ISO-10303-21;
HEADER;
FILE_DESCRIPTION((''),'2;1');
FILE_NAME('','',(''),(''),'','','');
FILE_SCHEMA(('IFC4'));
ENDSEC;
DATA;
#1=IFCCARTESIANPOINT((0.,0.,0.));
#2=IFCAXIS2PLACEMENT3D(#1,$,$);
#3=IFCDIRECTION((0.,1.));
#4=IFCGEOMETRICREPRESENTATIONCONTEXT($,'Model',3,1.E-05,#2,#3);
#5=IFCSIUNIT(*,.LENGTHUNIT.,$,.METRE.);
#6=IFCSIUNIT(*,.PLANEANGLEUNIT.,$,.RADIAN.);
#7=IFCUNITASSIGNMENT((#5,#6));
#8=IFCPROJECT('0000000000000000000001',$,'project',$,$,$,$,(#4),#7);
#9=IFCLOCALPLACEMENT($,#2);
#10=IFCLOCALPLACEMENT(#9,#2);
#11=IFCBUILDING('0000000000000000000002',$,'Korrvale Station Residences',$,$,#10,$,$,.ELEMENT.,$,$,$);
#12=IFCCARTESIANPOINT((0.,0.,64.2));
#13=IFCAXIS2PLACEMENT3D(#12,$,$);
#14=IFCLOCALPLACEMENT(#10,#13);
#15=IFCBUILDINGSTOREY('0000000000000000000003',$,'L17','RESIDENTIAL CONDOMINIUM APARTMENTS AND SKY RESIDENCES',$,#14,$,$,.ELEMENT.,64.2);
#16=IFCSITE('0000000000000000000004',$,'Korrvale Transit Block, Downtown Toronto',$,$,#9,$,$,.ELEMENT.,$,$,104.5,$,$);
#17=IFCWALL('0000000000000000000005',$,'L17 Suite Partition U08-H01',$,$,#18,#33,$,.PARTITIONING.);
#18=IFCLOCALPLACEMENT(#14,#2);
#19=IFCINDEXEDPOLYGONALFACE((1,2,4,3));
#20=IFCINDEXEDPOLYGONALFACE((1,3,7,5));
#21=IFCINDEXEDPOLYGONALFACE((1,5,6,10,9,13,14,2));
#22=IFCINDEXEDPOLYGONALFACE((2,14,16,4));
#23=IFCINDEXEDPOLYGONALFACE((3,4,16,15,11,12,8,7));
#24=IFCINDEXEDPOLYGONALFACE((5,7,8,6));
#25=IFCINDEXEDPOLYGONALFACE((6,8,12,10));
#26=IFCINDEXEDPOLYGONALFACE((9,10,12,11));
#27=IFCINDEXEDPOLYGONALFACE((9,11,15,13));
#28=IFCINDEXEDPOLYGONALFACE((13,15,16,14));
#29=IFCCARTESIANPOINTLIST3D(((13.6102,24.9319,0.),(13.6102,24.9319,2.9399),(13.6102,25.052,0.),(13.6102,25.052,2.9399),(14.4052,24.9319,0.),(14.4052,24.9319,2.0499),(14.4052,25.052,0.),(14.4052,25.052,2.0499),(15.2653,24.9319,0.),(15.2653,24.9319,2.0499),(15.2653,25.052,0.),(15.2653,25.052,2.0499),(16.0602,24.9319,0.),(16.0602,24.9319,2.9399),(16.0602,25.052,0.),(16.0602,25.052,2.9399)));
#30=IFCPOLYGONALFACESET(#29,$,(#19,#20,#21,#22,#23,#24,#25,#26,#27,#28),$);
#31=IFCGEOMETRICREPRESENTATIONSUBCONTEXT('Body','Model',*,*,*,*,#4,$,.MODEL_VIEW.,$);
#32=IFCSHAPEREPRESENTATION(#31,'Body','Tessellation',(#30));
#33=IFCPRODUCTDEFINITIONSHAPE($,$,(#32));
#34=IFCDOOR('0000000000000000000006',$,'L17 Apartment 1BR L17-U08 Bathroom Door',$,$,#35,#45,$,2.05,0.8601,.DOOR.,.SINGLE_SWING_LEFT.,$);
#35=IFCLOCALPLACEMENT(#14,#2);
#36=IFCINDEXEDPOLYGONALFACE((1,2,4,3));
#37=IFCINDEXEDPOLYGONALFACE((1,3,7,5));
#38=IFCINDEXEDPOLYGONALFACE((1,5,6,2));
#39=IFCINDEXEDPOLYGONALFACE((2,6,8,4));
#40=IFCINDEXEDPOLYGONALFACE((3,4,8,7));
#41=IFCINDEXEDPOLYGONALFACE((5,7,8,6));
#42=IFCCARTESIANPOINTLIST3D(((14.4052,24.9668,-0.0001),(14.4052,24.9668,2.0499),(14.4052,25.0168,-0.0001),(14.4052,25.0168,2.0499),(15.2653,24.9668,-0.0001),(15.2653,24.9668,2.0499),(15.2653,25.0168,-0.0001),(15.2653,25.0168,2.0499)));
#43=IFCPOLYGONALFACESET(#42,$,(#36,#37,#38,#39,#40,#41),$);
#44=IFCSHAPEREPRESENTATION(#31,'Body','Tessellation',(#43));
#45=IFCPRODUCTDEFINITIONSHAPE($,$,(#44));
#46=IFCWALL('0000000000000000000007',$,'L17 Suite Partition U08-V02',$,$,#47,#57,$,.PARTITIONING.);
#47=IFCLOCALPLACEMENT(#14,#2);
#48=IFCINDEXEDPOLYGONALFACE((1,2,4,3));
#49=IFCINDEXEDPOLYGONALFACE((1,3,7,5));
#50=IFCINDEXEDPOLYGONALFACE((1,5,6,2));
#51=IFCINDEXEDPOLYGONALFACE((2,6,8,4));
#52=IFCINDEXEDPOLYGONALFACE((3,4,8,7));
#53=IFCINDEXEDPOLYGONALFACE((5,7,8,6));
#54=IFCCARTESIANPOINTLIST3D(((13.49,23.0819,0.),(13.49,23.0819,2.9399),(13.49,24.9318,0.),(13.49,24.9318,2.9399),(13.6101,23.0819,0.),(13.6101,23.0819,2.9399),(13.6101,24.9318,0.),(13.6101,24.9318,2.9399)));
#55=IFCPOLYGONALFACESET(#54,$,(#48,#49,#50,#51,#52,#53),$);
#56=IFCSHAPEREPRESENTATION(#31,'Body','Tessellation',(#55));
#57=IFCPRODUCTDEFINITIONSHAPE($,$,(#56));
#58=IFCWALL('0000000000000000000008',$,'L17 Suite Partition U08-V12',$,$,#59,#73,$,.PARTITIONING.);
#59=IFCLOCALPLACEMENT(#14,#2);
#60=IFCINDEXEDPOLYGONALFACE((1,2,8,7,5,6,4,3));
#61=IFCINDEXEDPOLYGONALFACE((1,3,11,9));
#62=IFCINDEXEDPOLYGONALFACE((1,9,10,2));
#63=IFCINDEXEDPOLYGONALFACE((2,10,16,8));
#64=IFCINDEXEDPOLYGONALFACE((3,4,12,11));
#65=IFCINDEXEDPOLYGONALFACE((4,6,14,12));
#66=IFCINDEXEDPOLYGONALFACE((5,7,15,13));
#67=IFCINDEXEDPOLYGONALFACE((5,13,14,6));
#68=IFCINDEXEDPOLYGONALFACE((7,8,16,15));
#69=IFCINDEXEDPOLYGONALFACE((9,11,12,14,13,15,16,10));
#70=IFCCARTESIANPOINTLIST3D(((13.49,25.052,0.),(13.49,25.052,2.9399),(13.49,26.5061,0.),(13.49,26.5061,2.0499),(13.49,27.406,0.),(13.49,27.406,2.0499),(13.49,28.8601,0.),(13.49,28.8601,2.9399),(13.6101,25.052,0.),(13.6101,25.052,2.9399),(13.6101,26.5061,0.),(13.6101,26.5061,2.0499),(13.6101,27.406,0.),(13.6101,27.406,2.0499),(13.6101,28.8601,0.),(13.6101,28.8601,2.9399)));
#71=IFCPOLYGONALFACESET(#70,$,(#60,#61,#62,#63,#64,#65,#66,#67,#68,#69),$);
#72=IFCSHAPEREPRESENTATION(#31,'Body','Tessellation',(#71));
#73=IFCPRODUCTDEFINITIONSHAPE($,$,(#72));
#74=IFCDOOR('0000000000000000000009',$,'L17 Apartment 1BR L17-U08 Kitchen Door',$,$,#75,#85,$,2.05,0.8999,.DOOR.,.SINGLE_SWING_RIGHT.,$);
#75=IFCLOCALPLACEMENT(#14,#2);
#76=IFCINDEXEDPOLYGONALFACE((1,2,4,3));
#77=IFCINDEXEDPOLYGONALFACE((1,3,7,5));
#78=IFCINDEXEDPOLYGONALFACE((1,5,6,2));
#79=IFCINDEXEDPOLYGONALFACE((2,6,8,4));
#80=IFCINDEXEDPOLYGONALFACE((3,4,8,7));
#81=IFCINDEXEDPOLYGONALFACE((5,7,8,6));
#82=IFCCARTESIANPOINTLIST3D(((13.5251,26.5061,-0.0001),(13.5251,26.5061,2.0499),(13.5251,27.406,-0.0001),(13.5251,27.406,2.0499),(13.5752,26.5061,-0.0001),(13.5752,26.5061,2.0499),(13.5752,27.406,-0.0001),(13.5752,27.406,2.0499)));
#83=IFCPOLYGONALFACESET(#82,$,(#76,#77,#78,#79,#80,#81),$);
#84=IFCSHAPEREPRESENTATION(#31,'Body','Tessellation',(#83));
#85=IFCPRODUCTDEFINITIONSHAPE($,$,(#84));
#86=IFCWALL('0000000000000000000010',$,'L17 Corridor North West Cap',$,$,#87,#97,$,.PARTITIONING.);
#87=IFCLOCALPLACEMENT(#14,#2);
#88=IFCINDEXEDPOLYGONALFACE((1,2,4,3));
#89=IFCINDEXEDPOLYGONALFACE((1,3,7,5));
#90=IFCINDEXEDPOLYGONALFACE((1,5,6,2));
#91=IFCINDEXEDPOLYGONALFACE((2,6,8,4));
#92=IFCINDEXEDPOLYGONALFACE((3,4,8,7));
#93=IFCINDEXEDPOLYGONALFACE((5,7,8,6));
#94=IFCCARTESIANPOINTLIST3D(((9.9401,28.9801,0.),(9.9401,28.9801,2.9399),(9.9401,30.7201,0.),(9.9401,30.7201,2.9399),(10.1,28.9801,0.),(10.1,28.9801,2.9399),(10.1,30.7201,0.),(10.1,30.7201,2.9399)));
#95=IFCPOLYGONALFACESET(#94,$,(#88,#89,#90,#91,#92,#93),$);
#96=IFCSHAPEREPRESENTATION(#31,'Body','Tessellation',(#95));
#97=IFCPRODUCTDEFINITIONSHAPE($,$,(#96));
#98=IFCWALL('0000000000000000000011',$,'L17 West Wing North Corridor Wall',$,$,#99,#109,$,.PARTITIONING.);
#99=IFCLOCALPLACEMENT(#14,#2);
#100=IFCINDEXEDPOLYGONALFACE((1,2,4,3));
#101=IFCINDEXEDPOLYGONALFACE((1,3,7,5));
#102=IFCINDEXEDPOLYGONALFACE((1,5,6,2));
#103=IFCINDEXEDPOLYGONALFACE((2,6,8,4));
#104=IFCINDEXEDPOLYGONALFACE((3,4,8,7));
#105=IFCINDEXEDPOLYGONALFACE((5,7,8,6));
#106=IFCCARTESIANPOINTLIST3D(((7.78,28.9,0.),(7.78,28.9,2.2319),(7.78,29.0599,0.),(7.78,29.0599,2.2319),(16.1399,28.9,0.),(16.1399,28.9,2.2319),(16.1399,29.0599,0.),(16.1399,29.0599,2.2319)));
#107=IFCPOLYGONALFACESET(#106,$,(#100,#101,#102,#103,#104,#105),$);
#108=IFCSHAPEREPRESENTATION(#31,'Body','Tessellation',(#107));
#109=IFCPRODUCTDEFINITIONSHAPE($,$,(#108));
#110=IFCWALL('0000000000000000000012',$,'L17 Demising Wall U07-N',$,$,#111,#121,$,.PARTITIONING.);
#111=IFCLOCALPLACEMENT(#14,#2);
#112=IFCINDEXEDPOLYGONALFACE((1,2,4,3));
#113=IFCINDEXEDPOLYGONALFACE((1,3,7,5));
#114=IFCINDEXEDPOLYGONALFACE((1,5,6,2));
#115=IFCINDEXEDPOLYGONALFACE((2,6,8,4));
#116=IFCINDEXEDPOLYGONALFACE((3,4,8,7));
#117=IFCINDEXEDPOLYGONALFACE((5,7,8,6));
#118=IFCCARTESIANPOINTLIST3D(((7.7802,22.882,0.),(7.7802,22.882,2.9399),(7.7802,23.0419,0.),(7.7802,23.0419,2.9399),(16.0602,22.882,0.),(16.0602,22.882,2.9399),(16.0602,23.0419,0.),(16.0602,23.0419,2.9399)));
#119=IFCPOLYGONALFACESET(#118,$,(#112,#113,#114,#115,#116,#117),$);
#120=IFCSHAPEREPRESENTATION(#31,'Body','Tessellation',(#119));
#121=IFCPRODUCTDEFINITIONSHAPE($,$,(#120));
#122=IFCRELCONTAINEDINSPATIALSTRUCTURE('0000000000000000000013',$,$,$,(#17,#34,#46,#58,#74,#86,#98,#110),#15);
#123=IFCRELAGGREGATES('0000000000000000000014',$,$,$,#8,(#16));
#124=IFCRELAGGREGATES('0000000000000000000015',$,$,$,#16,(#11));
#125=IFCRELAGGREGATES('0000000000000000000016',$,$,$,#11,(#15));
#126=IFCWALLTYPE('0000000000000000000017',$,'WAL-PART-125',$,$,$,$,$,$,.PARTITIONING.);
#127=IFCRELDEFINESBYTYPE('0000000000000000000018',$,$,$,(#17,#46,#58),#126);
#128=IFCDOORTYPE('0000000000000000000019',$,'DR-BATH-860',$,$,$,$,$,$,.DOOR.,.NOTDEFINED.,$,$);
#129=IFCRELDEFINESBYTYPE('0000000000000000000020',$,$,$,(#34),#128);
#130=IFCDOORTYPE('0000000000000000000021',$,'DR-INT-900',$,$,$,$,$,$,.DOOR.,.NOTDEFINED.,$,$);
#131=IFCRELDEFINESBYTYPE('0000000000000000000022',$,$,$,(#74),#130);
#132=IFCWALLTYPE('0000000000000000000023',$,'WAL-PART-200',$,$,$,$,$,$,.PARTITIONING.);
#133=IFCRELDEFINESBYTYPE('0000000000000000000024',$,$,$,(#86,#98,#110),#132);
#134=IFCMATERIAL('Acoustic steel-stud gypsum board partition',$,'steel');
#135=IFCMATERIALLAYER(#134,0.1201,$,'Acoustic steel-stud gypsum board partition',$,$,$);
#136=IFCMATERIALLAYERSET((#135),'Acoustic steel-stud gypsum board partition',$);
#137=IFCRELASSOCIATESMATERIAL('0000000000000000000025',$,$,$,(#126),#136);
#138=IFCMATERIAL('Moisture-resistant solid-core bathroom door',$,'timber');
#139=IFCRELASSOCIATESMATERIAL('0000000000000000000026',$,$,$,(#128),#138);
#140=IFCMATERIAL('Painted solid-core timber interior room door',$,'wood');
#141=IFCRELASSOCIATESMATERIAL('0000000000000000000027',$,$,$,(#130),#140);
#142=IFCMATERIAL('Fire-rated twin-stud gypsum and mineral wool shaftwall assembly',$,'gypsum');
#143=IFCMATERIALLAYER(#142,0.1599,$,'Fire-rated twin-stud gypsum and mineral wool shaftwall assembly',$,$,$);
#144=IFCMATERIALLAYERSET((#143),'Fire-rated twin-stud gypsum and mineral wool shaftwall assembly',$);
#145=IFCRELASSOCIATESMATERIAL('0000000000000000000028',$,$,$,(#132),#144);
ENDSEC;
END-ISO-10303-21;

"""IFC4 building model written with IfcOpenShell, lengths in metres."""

from ifc_helpers import new_model, si_unit, direction, frame, frame_2d, origin, place, context, subcontext, project, spatial, rectangle, extrude, material, layer, layer_set, type_object, element, fill, save


model = new_model("IFC4")

# Units and contexts
model_context = context("Model", 3, precision=1e-05, world=origin(), true_north=direction((0.0, 1.0)))
body_context = subcontext(model_context, "Body", "Model", "MODEL_VIEW")
ifc_project = project(units=[si_unit("LENGTHUNIT", "METRE"), si_unit("PLANEANGLEUNIT", "RADIAN")], contexts=[model_context])

# Site, building, storey
site_placement = place(None, origin())
site = spatial("IfcSite", under=ifc_project, at=site_placement, Name="Korrvale Transit Block, Downtown Toronto", CompositionType="ELEMENT", RefElevation=104.5)
building_placement = place(site_placement, origin())
building = spatial("IfcBuilding", under=site, at=building_placement, Name="Korrvale Station Residences", CompositionType="ELEMENT")
storey_placement = place(building_placement, frame((0.0, 0.0, 64.2)))
storey = spatial("IfcBuildingStorey", under=building, at=storey_placement, Name="L17", Description="RESIDENTIAL CONDOMINIUM APARTMENTS AND SKY RESIDENCES", CompositionType="ELEMENT", Elevation=64.2)

# Wall, opening, door
ifc_material_1 = material(Name="Acoustic steel-stud gypsum board partition", Category="steel")
ifc_layer_1 = layer(ifc_material_1, 0.1201, Name="Acoustic steel-stud gypsum board partition")
ifc_layer_set_1 = layer_set([ifc_layer_1], Name="Acoustic steel-stud gypsum board partition")
wall_type_1 = type_object("IfcWallType", Name="WAL-PART-125", PredefinedType="PARTITIONING", material=ifc_layer_set_1)
ifc_material_2 = material(Name="Moisture-resistant solid-core bathroom door", Category="timber")
door_type_1 = type_object("IfcDoorType", Name="DR-BATH-860", OperationType="NOTDEFINED", PredefinedType="DOOR", material=ifc_material_2)
ifc_material_3 = material(Name="Painted solid-core timber interior room door", Category="wood")
door_type_2 = type_object("IfcDoorType", Name="DR-INT-900", OperationType="NOTDEFINED", PredefinedType="DOOR", material=ifc_material_3)
wall_1_placement = place(storey_placement, frame((13.6101, 24.9919, 0.0), z_axis=(0.0, 0.0, 1.0), x_axis=(1.0, 0.0, 0.0)))
wall_1 = element("IfcWall", 1, at=wall_1_placement, inside=storey, type_object=wall_type_1, Name="L17 Suite Partition U08-H01", PredefinedType="PARTITIONING", context=body_context, shape_type="SweptSolid", body=[
    extrude(rectangle(XDim=2.45, YDim=0.1201, at=frame_2d((1.2251, 0.0))), origin(), (0.0, 0.0, 1.0), 2.9399),
])
opening_1_placement = place(wall_1_placement, frame((0.7949, 0.0, 0.0)))
opening_1 = element("IfcOpeningElement", 2, at=opening_1_placement, cuts=wall_1, PredefinedType="OPENING", context=body_context, shape_type="SweptSolid", body=[
    extrude(rectangle(XDim=0.8601, YDim=2.05, at=frame_2d((0.4302, 1.0249))), frame((0.0, 0.0701, 0.0), z_axis=(0.0, -1.0, 0.0), x_axis=(1.0, 0.0, 0.0)), (0.0, 0.0, 1.0), 0.1401),
])
door_1_placement = place(opening_1_placement, origin())
door_1 = element("IfcDoor", 3, at=door_1_placement, inside=storey, type_object=door_type_1, Name="L17 Apartment 1BR L17-U08 Bathroom Door", OperationType="SINGLE_SWING_LEFT", OverallHeight=2.05, OverallWidth=0.8601, PredefinedType="DOOR", context=body_context, shape_type="SweptSolid", body=[
    extrude(rectangle(XDim=0.8601, YDim=2.05, at=frame_2d((0.4302, 1.0249))), frame((0.0, 0.0249, 0.0), z_axis=(0.0, -1.0, 0.0), x_axis=(1.0, 0.0, 0.0)), (0.0, 0.0, 1.0), 0.05),
])
fill(opening_1, door_1)

# Wall
wall_2_placement = place(storey_placement, frame((13.55, 23.082, 0.0), z_axis=(0.0, 0.0, 1.0), x_axis=(0.0, 1.0, 0.0)))
element("IfcWall", 4, at=wall_2_placement, inside=storey, type_object=wall_type_1, Name="L17 Suite Partition U08-V02", PredefinedType="PARTITIONING", context=body_context, shape_type="SweptSolid", body=[
    extrude(rectangle(XDim=1.8499, YDim=0.1201, at=frame_2d((0.9248, 0.0))), origin(), (0.0, 0.0, 1.0), 2.9399),
])

# Wall, opening, door
wall_3_placement = place(storey_placement, frame((13.55, 25.052, 0.0), z_axis=(0.0, 0.0, 1.0), x_axis=(0.0, 1.0, 0.0)))
wall_3 = element("IfcWall", 5, at=wall_3_placement, inside=storey, type_object=wall_type_1, Name="L17 Suite Partition U08-V12", PredefinedType="PARTITIONING", context=body_context, shape_type="SweptSolid", body=[
    extrude(rectangle(XDim=3.8081, YDim=0.1201, at=frame_2d((1.9041, 0.0))), origin(), (0.0, 0.0, 1.0), 2.9399),
])
opening_2_placement = place(wall_3_placement, frame((1.4541, 0.0, 0.0)))
opening_2 = element("IfcOpeningElement", 6, at=opening_2_placement, cuts=wall_3, PredefinedType="OPENING", context=body_context, shape_type="SweptSolid", body=[
    extrude(rectangle(XDim=0.8999, YDim=2.05, at=frame_2d((0.45, 1.0249))), frame((0.0, 0.0701, 0.0), z_axis=(0.0, -1.0, 0.0), x_axis=(1.0, 0.0, 0.0)), (0.0, 0.0, 1.0), 0.1401),
])
door_2_placement = place(opening_2_placement, origin())
door_2 = element("IfcDoor", 7, at=door_2_placement, inside=storey, type_object=door_type_2, Name="L17 Apartment 1BR L17-U08 Kitchen Door", OperationType="SINGLE_SWING_RIGHT", OverallHeight=2.05, OverallWidth=0.8999, PredefinedType="DOOR", context=body_context, shape_type="SweptSolid", body=[
    extrude(rectangle(XDim=0.8999, YDim=2.05, at=frame_2d((0.45, 1.0249))), frame((0.0, 0.0249, 0.0), z_axis=(0.0, -1.0, 0.0), x_axis=(1.0, 0.0, 0.0)), (0.0, 0.0, 1.0), 0.05),
])
fill(opening_2, door_2)

# Walls
ifc_material_4 = material(Name="Fire-rated twin-stud gypsum and mineral wool shaftwall assembly", Category="gypsum")
ifc_layer_2 = layer(ifc_material_4, 0.1599, Name="Fire-rated twin-stud gypsum and mineral wool shaftwall assembly")
ifc_layer_set_2 = layer_set([ifc_layer_2], Name="Fire-rated twin-stud gypsum and mineral wool shaftwall assembly")
wall_type_2 = type_object("IfcWallType", Name="WAL-PART-200", PredefinedType="PARTITIONING", material=ifc_layer_set_2)
wall_4_placement = place(storey_placement, frame((10.02, 28.98, 0.0), z_axis=(0.0, 0.0, 1.0), x_axis=(0.0, 1.0, 0.0)))
element("IfcWall", 8, at=wall_4_placement, inside=storey, type_object=wall_type_2, Name="L17 Corridor North West Cap", PredefinedType="PARTITIONING", context=body_context, shape_type="SweptSolid", body=[
    extrude(rectangle(XDim=1.74, YDim=0.1599, at=frame_2d((0.8701, 0.0))), origin(), (0.0, 0.0, 1.0), 2.9399),
])
wall_5_placement = place(storey_placement, frame((7.78, 28.98, 0.0), z_axis=(0.0, 0.0, 1.0), x_axis=(1.0, 0.0, 0.0)))
element("IfcWall", 9, at=wall_5_placement, inside=storey, type_object=wall_type_2, Name="L17 West Wing North Corridor Wall", PredefinedType="PARTITIONING", context=body_context, shape_type="SweptSolid", body=[
    extrude(rectangle(XDim=8.3599, YDim=0.1599, at=frame_2d((4.1799, 0.0))), origin(), (0.0, 0.0, 1.0), 2.2319),
])
wall_6_placement = place(storey_placement, frame((7.78, 22.9619, 0.0), z_axis=(0.0, 0.0, 1.0), x_axis=(1.0, 0.0, 0.0)))
element("IfcWall", 10, at=wall_6_placement, inside=storey, type_object=wall_type_2, Name="L17 Demising Wall U07-N", PredefinedType="PARTITIONING", context=body_context, shape_type="SweptSolid", body=[
    extrude(rectangle(XDim=8.28, YDim=0.1599, at=frame_2d((4.1401, 0.0))), origin(), (0.0, 0.0, 1.0), 2.9399),
])

save(model, "model.ifc")
